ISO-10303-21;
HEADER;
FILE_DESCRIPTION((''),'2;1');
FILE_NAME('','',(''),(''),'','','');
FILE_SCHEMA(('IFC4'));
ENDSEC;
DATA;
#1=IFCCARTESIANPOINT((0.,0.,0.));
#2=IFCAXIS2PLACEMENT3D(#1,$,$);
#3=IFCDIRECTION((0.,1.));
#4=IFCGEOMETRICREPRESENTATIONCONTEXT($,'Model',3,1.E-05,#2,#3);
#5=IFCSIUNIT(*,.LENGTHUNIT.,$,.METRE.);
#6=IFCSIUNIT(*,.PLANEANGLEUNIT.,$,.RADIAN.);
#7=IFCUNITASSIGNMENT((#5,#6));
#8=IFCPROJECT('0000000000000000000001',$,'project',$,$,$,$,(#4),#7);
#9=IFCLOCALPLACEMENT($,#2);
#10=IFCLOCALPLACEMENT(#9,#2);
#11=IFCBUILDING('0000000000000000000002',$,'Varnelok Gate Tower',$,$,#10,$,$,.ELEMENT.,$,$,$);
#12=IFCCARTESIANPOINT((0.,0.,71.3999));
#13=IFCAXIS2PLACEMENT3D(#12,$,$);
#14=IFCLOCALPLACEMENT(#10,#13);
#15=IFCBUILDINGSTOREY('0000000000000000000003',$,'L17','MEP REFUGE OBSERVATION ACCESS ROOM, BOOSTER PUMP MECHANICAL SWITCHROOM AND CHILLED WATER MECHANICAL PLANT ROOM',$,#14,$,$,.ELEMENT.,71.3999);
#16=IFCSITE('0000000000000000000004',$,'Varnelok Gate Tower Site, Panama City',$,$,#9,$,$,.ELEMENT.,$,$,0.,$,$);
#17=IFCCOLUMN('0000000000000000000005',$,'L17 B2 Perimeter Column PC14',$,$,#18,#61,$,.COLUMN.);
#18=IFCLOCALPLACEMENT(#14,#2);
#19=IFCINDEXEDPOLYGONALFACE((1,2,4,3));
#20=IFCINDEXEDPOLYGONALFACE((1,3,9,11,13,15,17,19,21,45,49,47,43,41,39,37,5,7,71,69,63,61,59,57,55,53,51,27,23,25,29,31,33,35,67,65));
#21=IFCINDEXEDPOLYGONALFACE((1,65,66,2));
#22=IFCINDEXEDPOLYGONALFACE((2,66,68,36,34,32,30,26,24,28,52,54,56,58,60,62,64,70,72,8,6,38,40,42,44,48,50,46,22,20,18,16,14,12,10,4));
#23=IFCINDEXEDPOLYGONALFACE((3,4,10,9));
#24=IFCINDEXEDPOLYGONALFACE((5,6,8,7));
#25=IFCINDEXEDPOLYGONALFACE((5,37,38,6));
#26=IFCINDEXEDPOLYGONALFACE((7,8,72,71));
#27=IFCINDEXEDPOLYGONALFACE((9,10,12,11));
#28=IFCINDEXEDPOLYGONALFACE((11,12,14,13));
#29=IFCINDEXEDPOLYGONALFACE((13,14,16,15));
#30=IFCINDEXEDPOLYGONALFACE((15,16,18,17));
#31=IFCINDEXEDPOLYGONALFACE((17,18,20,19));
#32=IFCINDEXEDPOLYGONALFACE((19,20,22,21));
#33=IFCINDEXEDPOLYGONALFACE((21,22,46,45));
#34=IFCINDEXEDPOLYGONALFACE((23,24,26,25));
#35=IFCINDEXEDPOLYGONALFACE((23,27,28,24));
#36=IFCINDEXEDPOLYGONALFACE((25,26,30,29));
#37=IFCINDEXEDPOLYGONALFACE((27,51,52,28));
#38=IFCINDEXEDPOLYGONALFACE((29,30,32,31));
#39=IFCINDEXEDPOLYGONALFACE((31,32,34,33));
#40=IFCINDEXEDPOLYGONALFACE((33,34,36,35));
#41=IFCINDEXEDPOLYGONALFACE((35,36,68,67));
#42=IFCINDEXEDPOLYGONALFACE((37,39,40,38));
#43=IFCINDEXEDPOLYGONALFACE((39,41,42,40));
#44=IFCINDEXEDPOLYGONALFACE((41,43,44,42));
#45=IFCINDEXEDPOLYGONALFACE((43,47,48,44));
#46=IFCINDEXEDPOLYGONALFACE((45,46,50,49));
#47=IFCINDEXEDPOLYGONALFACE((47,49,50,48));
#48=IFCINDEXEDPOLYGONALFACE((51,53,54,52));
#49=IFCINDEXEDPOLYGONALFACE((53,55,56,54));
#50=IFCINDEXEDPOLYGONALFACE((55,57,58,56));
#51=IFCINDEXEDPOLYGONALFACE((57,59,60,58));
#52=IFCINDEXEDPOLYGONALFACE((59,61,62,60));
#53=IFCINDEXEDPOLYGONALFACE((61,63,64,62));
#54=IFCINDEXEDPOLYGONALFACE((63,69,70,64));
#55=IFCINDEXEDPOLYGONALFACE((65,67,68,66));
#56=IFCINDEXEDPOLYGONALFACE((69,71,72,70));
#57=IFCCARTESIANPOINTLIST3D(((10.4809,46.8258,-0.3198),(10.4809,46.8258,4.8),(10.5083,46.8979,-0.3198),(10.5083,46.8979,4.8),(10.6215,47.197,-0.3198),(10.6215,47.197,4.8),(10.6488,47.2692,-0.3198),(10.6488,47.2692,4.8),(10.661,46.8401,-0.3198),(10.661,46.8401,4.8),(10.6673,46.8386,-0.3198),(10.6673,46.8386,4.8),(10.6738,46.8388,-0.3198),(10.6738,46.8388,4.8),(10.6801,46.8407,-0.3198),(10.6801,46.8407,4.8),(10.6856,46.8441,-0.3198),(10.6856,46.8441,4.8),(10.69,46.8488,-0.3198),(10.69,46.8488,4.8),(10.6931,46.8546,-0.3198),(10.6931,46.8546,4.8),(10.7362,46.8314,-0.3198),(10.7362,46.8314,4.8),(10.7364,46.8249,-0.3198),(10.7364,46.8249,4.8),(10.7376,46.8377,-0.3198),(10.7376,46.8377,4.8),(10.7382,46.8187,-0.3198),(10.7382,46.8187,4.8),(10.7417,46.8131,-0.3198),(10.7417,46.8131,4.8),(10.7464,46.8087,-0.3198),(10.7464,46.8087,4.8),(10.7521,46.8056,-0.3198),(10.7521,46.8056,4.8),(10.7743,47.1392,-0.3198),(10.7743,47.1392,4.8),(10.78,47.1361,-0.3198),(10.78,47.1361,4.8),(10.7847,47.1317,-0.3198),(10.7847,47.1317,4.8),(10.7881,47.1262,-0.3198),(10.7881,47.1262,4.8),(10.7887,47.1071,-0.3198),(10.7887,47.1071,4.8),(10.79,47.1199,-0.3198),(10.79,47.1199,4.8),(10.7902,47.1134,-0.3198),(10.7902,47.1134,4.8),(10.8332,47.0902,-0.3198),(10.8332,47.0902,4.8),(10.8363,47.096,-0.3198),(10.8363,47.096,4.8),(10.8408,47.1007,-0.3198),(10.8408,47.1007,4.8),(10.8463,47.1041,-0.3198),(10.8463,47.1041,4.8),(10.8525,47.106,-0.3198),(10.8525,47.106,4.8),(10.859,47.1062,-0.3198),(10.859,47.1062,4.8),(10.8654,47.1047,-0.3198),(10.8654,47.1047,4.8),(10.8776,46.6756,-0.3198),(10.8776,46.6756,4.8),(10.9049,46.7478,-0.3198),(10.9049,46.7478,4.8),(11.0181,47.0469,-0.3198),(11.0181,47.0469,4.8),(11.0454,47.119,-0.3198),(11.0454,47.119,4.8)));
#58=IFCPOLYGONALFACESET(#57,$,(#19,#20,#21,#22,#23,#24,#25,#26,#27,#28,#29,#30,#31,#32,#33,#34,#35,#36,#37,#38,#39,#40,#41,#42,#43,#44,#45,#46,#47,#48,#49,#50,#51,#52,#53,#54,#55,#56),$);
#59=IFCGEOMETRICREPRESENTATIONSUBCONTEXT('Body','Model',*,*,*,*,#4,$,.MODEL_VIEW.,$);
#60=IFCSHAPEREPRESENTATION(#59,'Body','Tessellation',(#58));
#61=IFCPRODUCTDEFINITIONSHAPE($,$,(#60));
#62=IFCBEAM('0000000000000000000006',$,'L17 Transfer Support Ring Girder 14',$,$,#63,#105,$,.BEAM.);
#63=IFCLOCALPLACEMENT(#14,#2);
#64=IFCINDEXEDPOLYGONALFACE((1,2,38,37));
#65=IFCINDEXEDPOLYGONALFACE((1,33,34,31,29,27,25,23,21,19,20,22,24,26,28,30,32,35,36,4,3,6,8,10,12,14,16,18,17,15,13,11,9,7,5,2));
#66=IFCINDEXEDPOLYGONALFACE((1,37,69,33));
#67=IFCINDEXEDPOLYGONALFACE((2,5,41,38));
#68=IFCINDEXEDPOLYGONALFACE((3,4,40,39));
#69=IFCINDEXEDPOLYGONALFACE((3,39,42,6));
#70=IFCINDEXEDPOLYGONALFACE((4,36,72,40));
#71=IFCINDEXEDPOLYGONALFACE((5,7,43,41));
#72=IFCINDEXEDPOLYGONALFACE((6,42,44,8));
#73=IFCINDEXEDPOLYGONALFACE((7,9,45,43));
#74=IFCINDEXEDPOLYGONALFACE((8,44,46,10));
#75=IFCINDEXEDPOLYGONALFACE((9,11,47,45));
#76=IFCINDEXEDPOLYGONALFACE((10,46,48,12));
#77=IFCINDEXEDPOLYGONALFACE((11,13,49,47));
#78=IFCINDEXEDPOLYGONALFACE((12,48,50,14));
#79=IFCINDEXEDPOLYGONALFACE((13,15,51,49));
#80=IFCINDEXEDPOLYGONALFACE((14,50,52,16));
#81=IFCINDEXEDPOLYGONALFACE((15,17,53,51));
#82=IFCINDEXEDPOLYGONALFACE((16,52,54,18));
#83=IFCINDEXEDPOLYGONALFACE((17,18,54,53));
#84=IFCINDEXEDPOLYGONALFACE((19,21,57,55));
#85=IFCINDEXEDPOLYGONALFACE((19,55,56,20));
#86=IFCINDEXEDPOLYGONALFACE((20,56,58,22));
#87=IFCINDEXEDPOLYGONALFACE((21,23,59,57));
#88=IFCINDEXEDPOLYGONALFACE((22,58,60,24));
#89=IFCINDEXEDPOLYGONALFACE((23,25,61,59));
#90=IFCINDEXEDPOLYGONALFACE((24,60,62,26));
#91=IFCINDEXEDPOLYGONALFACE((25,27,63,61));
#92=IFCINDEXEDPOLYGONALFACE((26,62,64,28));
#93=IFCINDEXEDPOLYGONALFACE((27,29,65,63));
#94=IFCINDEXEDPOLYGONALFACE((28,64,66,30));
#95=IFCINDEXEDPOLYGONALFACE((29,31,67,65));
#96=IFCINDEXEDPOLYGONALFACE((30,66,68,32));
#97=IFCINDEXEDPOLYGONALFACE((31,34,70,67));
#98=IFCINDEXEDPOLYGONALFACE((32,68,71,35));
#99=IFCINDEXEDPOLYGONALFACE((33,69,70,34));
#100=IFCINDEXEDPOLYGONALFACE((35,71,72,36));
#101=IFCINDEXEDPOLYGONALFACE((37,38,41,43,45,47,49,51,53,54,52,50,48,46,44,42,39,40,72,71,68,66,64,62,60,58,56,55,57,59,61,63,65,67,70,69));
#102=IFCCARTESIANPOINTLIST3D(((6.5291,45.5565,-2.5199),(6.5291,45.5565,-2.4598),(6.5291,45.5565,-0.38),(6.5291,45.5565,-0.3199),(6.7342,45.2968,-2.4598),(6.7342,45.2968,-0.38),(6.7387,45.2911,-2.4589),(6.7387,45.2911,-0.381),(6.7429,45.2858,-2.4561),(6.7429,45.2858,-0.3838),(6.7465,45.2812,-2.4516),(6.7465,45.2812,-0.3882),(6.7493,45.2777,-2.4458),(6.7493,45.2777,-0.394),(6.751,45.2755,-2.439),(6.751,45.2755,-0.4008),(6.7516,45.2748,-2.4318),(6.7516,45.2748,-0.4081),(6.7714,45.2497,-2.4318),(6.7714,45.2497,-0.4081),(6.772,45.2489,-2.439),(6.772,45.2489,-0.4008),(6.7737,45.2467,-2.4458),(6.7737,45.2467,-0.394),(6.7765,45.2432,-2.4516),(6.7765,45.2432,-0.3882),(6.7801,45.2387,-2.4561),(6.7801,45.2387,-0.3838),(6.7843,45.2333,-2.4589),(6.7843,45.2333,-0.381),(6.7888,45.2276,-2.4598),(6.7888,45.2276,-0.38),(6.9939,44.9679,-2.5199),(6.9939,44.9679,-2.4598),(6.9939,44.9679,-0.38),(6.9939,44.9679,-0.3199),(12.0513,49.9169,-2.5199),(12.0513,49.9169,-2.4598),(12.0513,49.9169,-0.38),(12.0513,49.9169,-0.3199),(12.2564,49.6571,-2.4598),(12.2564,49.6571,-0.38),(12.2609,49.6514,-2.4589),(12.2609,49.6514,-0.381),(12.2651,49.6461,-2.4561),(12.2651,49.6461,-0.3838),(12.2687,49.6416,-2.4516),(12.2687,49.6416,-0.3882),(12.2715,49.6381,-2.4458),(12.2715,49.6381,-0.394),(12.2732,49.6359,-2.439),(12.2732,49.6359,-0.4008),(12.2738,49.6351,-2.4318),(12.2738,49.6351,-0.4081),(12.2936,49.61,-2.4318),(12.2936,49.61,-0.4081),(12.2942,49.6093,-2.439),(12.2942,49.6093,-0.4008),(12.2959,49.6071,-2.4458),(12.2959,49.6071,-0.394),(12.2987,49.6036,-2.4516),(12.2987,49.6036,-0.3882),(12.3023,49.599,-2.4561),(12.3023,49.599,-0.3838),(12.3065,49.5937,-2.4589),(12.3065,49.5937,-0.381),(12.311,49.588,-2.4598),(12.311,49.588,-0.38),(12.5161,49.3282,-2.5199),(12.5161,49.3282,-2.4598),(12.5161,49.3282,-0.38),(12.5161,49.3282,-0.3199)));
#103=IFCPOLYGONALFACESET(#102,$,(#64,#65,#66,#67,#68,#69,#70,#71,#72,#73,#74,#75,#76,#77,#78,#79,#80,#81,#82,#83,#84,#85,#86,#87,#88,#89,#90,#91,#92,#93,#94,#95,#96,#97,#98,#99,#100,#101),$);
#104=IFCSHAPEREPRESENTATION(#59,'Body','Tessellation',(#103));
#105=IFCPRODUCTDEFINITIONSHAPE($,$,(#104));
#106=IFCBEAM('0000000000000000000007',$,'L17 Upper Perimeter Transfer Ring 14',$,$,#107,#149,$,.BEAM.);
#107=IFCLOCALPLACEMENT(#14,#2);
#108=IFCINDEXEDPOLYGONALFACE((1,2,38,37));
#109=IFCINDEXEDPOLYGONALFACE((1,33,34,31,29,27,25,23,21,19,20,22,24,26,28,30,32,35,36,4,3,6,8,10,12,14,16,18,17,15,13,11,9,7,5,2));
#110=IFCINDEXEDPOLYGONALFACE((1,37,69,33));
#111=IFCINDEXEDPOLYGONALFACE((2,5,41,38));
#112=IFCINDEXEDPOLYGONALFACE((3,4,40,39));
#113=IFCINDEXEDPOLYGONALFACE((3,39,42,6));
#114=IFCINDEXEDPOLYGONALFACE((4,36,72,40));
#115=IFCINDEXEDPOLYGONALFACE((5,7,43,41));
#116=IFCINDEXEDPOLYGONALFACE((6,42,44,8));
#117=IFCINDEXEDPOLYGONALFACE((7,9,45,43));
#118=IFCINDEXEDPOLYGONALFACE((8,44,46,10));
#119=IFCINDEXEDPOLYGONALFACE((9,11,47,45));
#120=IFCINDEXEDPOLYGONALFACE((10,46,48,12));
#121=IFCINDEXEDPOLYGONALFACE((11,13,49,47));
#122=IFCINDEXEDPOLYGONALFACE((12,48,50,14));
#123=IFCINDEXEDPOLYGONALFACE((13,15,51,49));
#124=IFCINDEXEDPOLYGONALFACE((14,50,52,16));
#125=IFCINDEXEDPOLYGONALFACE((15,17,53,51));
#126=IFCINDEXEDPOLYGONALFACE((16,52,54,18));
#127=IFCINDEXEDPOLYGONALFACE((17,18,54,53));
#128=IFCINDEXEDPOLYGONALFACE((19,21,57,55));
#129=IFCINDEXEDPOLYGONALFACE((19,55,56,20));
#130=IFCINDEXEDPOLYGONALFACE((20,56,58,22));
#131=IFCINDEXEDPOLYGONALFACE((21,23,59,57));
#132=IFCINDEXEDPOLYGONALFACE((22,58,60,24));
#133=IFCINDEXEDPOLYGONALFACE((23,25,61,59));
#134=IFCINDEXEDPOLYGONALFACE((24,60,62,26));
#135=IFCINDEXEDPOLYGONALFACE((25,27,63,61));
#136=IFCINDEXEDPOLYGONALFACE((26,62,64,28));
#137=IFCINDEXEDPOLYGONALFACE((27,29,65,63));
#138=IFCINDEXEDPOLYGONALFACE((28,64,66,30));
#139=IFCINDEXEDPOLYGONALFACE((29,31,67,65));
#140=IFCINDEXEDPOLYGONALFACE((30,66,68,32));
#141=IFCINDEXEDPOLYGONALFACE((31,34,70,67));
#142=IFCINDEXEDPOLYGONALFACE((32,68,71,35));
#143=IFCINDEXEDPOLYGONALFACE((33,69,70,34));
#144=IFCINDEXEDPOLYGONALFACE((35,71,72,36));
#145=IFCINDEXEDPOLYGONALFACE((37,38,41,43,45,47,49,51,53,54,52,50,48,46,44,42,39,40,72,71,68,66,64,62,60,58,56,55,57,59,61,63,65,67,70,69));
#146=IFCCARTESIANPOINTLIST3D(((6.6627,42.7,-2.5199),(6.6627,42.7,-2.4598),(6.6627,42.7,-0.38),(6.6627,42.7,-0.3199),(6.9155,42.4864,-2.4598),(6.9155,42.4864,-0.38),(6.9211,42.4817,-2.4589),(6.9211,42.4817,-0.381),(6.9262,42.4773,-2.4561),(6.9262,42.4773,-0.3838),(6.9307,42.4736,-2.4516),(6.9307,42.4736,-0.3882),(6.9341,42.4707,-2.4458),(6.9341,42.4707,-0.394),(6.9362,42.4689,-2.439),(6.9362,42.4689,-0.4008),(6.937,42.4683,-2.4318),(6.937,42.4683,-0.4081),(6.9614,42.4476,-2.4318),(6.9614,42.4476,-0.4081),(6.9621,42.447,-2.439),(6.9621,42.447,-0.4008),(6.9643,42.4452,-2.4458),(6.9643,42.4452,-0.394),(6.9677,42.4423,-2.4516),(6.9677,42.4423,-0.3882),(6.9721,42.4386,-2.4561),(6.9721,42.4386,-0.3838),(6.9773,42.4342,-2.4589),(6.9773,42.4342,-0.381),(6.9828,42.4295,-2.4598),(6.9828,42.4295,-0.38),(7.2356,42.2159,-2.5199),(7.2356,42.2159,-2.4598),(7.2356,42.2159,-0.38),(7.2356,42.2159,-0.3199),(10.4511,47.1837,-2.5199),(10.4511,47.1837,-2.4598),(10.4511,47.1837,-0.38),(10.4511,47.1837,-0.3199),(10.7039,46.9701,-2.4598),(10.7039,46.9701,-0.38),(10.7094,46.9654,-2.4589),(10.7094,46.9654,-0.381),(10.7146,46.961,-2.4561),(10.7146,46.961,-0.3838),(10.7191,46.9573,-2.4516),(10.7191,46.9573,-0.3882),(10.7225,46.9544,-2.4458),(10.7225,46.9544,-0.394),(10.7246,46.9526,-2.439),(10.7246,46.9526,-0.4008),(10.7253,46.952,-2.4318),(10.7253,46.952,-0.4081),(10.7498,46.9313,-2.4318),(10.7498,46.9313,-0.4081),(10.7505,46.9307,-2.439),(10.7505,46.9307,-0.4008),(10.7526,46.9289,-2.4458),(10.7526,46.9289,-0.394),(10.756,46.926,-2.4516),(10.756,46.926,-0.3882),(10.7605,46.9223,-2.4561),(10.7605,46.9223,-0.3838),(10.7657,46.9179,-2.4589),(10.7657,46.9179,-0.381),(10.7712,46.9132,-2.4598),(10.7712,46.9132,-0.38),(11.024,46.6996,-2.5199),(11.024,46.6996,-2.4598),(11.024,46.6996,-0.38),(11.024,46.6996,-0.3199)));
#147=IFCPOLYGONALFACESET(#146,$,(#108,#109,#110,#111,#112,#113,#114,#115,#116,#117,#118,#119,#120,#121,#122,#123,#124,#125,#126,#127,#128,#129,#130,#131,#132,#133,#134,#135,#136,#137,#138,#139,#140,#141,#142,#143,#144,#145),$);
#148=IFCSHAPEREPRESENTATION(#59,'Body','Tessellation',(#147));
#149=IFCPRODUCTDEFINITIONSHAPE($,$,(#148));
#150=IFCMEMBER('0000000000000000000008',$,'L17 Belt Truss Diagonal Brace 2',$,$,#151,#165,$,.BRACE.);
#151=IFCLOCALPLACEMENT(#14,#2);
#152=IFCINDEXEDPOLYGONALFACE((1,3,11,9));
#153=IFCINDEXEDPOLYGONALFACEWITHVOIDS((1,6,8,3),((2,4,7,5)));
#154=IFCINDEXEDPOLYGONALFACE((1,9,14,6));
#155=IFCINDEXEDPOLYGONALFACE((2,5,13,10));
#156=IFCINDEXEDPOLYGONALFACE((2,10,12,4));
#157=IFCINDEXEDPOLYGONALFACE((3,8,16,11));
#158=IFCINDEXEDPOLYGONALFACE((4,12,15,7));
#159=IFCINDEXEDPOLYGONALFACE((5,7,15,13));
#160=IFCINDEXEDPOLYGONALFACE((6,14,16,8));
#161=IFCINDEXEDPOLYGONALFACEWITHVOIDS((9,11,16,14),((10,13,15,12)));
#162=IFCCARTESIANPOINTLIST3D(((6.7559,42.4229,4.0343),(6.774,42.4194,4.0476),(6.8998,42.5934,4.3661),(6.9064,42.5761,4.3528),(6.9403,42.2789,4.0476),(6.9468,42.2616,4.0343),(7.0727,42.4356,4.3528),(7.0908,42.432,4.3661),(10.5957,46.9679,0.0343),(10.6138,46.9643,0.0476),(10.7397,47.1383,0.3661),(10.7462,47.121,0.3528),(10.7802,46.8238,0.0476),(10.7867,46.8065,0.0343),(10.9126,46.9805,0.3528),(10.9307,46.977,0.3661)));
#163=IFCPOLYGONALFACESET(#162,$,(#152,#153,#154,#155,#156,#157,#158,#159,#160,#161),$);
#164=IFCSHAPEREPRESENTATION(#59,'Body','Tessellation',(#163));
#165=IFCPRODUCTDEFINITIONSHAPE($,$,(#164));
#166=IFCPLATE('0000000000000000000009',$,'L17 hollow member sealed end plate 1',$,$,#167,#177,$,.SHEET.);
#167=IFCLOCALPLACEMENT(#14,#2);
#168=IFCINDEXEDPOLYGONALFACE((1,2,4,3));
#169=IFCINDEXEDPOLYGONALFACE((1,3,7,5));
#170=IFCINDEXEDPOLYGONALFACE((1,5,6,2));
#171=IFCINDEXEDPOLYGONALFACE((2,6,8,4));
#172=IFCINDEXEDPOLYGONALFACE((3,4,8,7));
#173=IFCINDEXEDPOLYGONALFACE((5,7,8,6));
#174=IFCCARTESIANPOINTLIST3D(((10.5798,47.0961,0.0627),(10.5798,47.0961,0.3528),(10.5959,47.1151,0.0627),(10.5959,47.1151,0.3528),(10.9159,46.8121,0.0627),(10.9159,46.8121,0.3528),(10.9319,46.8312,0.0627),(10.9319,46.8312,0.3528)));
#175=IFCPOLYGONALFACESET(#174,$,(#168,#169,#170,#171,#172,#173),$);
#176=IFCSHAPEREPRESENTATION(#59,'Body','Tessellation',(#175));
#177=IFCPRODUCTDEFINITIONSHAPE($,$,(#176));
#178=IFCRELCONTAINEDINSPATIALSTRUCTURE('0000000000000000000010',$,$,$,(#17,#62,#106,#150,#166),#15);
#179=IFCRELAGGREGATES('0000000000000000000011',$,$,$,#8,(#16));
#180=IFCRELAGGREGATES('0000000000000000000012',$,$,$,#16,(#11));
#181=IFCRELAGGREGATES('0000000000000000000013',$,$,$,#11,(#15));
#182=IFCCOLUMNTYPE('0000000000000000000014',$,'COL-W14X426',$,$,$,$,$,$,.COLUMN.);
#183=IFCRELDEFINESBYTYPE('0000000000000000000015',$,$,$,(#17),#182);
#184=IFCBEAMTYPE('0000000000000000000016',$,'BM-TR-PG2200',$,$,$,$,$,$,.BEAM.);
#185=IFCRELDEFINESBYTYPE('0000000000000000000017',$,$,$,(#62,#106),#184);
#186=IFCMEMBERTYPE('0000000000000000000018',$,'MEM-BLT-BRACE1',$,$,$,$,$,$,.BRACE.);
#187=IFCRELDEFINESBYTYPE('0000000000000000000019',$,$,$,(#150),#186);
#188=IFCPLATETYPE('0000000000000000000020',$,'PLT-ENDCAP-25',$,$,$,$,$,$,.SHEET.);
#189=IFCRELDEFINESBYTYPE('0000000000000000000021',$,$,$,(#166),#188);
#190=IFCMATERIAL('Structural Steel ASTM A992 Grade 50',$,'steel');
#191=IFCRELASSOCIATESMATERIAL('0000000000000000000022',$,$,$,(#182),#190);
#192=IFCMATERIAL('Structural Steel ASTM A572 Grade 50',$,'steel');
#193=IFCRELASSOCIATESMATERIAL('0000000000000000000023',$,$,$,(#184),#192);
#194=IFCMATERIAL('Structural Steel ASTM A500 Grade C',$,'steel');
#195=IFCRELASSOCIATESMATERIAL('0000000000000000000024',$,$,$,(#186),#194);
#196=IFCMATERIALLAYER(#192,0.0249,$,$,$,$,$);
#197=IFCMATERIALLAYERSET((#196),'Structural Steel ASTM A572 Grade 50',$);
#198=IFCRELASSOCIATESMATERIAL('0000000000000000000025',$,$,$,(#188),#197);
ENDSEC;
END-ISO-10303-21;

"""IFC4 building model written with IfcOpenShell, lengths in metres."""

from ifc_helpers import new_model, si_unit, direction, frame, origin, origin_2d, place, context, subcontext, project, spatial, rectangle, hollow_rectangle, i_section, extrude, source, transform, mapped, material, layer, layer_set, material_profile, profile_set, type_object, element, save


model = new_model("IFC4")

# Units and contexts
model_context = context("Model", 3, precision=1e-05, world=origin(), true_north=direction((0.0, 1.0)))
body_context = subcontext(model_context, "Body", "Model", "MODEL_VIEW")
ifc_project = project(units=[si_unit("LENGTHUNIT", "METRE"), si_unit("PLANEANGLEUNIT", "RADIAN")], contexts=[model_context])

# Site, building, storey
site_placement = place(None, origin())
site = spatial("IfcSite", under=ifc_project, at=site_placement, Name="Varnelok Gate Tower Site, Panama City", CompositionType="ELEMENT", RefElevation=0.0)
building_placement = place(site_placement, origin())
building = spatial("IfcBuilding", under=site, at=building_placement, Name="Varnelok Gate Tower", CompositionType="ELEMENT")
storey_placement = place(building_placement, frame((0.0, 0.0, 71.3999)))
storey = spatial("IfcBuildingStorey", under=building, at=storey_placement, Name="L17", Description="MEP REFUGE OBSERVATION ACCESS ROOM, BOOSTER PUMP MECHANICAL SWITCHROOM AND CHILLED WATER MECHANICAL PLANT ROOM", CompositionType="ELEMENT", Elevation=71.3999)

# Column
ifc_material_1 = material(Name="Structural Steel ASTM A992 Grade 50", Category="steel")
ifc_material_profile_1 = material_profile(ifc_material_1, i_section(OverallWidth=0.4241, OverallDepth=0.4741, WebThickness=0.0476, FlangeThickness=0.0771, FilletRadius=0.0249, at=origin_2d()), Name="W14X426")
ifc_profile_set_1 = profile_set([ifc_material_profile_1], Name="Structural Steel ASTM A992 Grade 50")
column_type = type_object("IfcColumnType", Name="COL-W14X426", PredefinedType="COLUMN", material=ifc_profile_set_1)
column_placement = place(storey_placement, frame((10.7632, 46.9724, -0.3198), z_axis=(0.0, 0.0, 1.0), x_axis=(0.935222, -0.354063, 0.0)))
element("IfcColumn", 1, at=column_placement, inside=storey, type_object=column_type, Name="L17 B2 Perimeter Column PC14", PredefinedType="COLUMN", context=body_context, shape_type="SweptSolid", body=[
    extrude(i_section(OverallWidth=0.4241, OverallDepth=0.4741, WebThickness=0.0476, FlangeThickness=0.0771, FilletRadius=0.0249, at=origin_2d()), origin(), (0.0, 0.0, 1.0), 5.1199),
])

# Beams
ifc_material_2 = material(Name="Structural Steel ASTM A572 Grade 50", Category="steel")
ifc_material_profile_2 = material_profile(ifc_material_2, i_section(OverallWidth=0.75, OverallDepth=2.2, WebThickness=0.032, FlangeThickness=0.0601, FilletRadius=0.0281, at=origin_2d()), Name="PG2200X750")
ifc_profile_set_2 = profile_set([ifc_material_profile_2], Name="Structural Steel ASTM A572 Grade 50")
beam_type = type_object("IfcBeamType", Name="BM-TR-PG2200", PredefinedType="BEAM", material=ifc_profile_set_2)
beam_1_placement = place(storey_placement, frame((12.2837, 49.6226, -1.4199), z_axis=(-0.784834, -0.619706, 0.0), x_axis=(0.619706, -0.784834, 0.0)))
element("IfcBeam", 2, at=beam_1_placement, inside=storey, type_object=beam_type, Name="L17 Transfer Support Ring Girder 14", PredefinedType="BEAM", context=body_context, shape_type="SweptSolid", body=[
    extrude(i_section(OverallWidth=0.75, OverallDepth=2.2, WebThickness=0.032, FlangeThickness=0.0601, FilletRadius=0.0281, at=origin_2d()), origin(), (0.0, 0.0, 1.0), 7.0361),
])
beam_2_placement = place(storey_placement, frame((10.7375, 46.9417, -1.4199), z_axis=(-0.645394, -0.76385, 0.0), x_axis=(0.76385, -0.645394, 0.0)))
element("IfcBeam", 3, at=beam_2_placement, inside=storey, type_object=beam_type, Name="L17 Upper Perimeter Transfer Ring 14", PredefinedType="BEAM", context=body_context, shape_type="SweptSolid", body=[
    extrude(i_section(OverallWidth=0.75, OverallDepth=2.2, WebThickness=0.032, FlangeThickness=0.0601, FilletRadius=0.0281, at=origin_2d()), origin(), (0.0, 0.0, 1.0), 5.8699),
])

# Member
ifc_material_3 = material(Name="Structural Steel ASTM A500 Grade C", Category="steel")
ifc_material_profile_3 = material_profile(ifc_material_3, hollow_rectangle(XDim=0.25, YDim=0.3999, WallThickness=0.0161, at=origin_2d()), Name="HSS400X250X16")
ifc_profile_set_3 = profile_set([ifc_material_profile_3], Name="Structural Steel ASTM A500 Grade C")
member_type = type_object("IfcMemberType", Name="MEM-BLT-BRACE1", PredefinedType="BRACE", material=ifc_profile_set_3)
member_placement = place(storey_placement, frame((10.7632, 46.9724, 0.2002), z_axis=(-0.535586, -0.633931, 0.557924), x_axis=(0.763872, -0.645368, 0.0)))
element("IfcMember", 4, at=member_placement, inside=storey, type_object=member_type, Name="L17 Belt Truss Diagonal Brace 2", PredefinedType="BRACE", context=body_context, shape_type="SweptSolid", body=[
    extrude(hollow_rectangle(XDim=0.25, YDim=0.3999, WallThickness=0.0161, at=origin_2d()), origin(), (0.0, 0.0, 1.0), 7.1694),
])

# Plate
ifc_layer_1 = layer(ifc_material_2, 0.0249)
ifc_layer_set_1 = layer_set([ifc_layer_1], Name="Structural Steel ASTM A572 Grade 50")
plate_type = type_object("IfcPlateType", Name="PLT-ENDCAP-25", PredefinedType="SHEET", material=ifc_layer_set_1)
shared_shape = source(origin(), body_context, "Body", "SweptSolid", [
    extrude(rectangle(XDim=0.0249, YDim=0.4399, at=origin_2d()), origin(), (0.0, 0.0, 1.0), 0.29),
])
plate_placement = place(storey_placement, frame((10.7559, 46.9636, 0.0627), z_axis=(0.0, 0.0, 1.0), x_axis=(-0.645378, -0.763864, 0.0)))
element("IfcPlate", 5, at=plate_placement, inside=storey, type_object=plate_type, Name="L17 hollow member sealed end plate 1", PredefinedType="SHEET", context=body_context, shape_type="MappedRepresentation", body=[
    mapped(shared_shape, transform((0.0, 0.0, 0.0), scale=1.0)),
])

save(model, "model.ifc")
